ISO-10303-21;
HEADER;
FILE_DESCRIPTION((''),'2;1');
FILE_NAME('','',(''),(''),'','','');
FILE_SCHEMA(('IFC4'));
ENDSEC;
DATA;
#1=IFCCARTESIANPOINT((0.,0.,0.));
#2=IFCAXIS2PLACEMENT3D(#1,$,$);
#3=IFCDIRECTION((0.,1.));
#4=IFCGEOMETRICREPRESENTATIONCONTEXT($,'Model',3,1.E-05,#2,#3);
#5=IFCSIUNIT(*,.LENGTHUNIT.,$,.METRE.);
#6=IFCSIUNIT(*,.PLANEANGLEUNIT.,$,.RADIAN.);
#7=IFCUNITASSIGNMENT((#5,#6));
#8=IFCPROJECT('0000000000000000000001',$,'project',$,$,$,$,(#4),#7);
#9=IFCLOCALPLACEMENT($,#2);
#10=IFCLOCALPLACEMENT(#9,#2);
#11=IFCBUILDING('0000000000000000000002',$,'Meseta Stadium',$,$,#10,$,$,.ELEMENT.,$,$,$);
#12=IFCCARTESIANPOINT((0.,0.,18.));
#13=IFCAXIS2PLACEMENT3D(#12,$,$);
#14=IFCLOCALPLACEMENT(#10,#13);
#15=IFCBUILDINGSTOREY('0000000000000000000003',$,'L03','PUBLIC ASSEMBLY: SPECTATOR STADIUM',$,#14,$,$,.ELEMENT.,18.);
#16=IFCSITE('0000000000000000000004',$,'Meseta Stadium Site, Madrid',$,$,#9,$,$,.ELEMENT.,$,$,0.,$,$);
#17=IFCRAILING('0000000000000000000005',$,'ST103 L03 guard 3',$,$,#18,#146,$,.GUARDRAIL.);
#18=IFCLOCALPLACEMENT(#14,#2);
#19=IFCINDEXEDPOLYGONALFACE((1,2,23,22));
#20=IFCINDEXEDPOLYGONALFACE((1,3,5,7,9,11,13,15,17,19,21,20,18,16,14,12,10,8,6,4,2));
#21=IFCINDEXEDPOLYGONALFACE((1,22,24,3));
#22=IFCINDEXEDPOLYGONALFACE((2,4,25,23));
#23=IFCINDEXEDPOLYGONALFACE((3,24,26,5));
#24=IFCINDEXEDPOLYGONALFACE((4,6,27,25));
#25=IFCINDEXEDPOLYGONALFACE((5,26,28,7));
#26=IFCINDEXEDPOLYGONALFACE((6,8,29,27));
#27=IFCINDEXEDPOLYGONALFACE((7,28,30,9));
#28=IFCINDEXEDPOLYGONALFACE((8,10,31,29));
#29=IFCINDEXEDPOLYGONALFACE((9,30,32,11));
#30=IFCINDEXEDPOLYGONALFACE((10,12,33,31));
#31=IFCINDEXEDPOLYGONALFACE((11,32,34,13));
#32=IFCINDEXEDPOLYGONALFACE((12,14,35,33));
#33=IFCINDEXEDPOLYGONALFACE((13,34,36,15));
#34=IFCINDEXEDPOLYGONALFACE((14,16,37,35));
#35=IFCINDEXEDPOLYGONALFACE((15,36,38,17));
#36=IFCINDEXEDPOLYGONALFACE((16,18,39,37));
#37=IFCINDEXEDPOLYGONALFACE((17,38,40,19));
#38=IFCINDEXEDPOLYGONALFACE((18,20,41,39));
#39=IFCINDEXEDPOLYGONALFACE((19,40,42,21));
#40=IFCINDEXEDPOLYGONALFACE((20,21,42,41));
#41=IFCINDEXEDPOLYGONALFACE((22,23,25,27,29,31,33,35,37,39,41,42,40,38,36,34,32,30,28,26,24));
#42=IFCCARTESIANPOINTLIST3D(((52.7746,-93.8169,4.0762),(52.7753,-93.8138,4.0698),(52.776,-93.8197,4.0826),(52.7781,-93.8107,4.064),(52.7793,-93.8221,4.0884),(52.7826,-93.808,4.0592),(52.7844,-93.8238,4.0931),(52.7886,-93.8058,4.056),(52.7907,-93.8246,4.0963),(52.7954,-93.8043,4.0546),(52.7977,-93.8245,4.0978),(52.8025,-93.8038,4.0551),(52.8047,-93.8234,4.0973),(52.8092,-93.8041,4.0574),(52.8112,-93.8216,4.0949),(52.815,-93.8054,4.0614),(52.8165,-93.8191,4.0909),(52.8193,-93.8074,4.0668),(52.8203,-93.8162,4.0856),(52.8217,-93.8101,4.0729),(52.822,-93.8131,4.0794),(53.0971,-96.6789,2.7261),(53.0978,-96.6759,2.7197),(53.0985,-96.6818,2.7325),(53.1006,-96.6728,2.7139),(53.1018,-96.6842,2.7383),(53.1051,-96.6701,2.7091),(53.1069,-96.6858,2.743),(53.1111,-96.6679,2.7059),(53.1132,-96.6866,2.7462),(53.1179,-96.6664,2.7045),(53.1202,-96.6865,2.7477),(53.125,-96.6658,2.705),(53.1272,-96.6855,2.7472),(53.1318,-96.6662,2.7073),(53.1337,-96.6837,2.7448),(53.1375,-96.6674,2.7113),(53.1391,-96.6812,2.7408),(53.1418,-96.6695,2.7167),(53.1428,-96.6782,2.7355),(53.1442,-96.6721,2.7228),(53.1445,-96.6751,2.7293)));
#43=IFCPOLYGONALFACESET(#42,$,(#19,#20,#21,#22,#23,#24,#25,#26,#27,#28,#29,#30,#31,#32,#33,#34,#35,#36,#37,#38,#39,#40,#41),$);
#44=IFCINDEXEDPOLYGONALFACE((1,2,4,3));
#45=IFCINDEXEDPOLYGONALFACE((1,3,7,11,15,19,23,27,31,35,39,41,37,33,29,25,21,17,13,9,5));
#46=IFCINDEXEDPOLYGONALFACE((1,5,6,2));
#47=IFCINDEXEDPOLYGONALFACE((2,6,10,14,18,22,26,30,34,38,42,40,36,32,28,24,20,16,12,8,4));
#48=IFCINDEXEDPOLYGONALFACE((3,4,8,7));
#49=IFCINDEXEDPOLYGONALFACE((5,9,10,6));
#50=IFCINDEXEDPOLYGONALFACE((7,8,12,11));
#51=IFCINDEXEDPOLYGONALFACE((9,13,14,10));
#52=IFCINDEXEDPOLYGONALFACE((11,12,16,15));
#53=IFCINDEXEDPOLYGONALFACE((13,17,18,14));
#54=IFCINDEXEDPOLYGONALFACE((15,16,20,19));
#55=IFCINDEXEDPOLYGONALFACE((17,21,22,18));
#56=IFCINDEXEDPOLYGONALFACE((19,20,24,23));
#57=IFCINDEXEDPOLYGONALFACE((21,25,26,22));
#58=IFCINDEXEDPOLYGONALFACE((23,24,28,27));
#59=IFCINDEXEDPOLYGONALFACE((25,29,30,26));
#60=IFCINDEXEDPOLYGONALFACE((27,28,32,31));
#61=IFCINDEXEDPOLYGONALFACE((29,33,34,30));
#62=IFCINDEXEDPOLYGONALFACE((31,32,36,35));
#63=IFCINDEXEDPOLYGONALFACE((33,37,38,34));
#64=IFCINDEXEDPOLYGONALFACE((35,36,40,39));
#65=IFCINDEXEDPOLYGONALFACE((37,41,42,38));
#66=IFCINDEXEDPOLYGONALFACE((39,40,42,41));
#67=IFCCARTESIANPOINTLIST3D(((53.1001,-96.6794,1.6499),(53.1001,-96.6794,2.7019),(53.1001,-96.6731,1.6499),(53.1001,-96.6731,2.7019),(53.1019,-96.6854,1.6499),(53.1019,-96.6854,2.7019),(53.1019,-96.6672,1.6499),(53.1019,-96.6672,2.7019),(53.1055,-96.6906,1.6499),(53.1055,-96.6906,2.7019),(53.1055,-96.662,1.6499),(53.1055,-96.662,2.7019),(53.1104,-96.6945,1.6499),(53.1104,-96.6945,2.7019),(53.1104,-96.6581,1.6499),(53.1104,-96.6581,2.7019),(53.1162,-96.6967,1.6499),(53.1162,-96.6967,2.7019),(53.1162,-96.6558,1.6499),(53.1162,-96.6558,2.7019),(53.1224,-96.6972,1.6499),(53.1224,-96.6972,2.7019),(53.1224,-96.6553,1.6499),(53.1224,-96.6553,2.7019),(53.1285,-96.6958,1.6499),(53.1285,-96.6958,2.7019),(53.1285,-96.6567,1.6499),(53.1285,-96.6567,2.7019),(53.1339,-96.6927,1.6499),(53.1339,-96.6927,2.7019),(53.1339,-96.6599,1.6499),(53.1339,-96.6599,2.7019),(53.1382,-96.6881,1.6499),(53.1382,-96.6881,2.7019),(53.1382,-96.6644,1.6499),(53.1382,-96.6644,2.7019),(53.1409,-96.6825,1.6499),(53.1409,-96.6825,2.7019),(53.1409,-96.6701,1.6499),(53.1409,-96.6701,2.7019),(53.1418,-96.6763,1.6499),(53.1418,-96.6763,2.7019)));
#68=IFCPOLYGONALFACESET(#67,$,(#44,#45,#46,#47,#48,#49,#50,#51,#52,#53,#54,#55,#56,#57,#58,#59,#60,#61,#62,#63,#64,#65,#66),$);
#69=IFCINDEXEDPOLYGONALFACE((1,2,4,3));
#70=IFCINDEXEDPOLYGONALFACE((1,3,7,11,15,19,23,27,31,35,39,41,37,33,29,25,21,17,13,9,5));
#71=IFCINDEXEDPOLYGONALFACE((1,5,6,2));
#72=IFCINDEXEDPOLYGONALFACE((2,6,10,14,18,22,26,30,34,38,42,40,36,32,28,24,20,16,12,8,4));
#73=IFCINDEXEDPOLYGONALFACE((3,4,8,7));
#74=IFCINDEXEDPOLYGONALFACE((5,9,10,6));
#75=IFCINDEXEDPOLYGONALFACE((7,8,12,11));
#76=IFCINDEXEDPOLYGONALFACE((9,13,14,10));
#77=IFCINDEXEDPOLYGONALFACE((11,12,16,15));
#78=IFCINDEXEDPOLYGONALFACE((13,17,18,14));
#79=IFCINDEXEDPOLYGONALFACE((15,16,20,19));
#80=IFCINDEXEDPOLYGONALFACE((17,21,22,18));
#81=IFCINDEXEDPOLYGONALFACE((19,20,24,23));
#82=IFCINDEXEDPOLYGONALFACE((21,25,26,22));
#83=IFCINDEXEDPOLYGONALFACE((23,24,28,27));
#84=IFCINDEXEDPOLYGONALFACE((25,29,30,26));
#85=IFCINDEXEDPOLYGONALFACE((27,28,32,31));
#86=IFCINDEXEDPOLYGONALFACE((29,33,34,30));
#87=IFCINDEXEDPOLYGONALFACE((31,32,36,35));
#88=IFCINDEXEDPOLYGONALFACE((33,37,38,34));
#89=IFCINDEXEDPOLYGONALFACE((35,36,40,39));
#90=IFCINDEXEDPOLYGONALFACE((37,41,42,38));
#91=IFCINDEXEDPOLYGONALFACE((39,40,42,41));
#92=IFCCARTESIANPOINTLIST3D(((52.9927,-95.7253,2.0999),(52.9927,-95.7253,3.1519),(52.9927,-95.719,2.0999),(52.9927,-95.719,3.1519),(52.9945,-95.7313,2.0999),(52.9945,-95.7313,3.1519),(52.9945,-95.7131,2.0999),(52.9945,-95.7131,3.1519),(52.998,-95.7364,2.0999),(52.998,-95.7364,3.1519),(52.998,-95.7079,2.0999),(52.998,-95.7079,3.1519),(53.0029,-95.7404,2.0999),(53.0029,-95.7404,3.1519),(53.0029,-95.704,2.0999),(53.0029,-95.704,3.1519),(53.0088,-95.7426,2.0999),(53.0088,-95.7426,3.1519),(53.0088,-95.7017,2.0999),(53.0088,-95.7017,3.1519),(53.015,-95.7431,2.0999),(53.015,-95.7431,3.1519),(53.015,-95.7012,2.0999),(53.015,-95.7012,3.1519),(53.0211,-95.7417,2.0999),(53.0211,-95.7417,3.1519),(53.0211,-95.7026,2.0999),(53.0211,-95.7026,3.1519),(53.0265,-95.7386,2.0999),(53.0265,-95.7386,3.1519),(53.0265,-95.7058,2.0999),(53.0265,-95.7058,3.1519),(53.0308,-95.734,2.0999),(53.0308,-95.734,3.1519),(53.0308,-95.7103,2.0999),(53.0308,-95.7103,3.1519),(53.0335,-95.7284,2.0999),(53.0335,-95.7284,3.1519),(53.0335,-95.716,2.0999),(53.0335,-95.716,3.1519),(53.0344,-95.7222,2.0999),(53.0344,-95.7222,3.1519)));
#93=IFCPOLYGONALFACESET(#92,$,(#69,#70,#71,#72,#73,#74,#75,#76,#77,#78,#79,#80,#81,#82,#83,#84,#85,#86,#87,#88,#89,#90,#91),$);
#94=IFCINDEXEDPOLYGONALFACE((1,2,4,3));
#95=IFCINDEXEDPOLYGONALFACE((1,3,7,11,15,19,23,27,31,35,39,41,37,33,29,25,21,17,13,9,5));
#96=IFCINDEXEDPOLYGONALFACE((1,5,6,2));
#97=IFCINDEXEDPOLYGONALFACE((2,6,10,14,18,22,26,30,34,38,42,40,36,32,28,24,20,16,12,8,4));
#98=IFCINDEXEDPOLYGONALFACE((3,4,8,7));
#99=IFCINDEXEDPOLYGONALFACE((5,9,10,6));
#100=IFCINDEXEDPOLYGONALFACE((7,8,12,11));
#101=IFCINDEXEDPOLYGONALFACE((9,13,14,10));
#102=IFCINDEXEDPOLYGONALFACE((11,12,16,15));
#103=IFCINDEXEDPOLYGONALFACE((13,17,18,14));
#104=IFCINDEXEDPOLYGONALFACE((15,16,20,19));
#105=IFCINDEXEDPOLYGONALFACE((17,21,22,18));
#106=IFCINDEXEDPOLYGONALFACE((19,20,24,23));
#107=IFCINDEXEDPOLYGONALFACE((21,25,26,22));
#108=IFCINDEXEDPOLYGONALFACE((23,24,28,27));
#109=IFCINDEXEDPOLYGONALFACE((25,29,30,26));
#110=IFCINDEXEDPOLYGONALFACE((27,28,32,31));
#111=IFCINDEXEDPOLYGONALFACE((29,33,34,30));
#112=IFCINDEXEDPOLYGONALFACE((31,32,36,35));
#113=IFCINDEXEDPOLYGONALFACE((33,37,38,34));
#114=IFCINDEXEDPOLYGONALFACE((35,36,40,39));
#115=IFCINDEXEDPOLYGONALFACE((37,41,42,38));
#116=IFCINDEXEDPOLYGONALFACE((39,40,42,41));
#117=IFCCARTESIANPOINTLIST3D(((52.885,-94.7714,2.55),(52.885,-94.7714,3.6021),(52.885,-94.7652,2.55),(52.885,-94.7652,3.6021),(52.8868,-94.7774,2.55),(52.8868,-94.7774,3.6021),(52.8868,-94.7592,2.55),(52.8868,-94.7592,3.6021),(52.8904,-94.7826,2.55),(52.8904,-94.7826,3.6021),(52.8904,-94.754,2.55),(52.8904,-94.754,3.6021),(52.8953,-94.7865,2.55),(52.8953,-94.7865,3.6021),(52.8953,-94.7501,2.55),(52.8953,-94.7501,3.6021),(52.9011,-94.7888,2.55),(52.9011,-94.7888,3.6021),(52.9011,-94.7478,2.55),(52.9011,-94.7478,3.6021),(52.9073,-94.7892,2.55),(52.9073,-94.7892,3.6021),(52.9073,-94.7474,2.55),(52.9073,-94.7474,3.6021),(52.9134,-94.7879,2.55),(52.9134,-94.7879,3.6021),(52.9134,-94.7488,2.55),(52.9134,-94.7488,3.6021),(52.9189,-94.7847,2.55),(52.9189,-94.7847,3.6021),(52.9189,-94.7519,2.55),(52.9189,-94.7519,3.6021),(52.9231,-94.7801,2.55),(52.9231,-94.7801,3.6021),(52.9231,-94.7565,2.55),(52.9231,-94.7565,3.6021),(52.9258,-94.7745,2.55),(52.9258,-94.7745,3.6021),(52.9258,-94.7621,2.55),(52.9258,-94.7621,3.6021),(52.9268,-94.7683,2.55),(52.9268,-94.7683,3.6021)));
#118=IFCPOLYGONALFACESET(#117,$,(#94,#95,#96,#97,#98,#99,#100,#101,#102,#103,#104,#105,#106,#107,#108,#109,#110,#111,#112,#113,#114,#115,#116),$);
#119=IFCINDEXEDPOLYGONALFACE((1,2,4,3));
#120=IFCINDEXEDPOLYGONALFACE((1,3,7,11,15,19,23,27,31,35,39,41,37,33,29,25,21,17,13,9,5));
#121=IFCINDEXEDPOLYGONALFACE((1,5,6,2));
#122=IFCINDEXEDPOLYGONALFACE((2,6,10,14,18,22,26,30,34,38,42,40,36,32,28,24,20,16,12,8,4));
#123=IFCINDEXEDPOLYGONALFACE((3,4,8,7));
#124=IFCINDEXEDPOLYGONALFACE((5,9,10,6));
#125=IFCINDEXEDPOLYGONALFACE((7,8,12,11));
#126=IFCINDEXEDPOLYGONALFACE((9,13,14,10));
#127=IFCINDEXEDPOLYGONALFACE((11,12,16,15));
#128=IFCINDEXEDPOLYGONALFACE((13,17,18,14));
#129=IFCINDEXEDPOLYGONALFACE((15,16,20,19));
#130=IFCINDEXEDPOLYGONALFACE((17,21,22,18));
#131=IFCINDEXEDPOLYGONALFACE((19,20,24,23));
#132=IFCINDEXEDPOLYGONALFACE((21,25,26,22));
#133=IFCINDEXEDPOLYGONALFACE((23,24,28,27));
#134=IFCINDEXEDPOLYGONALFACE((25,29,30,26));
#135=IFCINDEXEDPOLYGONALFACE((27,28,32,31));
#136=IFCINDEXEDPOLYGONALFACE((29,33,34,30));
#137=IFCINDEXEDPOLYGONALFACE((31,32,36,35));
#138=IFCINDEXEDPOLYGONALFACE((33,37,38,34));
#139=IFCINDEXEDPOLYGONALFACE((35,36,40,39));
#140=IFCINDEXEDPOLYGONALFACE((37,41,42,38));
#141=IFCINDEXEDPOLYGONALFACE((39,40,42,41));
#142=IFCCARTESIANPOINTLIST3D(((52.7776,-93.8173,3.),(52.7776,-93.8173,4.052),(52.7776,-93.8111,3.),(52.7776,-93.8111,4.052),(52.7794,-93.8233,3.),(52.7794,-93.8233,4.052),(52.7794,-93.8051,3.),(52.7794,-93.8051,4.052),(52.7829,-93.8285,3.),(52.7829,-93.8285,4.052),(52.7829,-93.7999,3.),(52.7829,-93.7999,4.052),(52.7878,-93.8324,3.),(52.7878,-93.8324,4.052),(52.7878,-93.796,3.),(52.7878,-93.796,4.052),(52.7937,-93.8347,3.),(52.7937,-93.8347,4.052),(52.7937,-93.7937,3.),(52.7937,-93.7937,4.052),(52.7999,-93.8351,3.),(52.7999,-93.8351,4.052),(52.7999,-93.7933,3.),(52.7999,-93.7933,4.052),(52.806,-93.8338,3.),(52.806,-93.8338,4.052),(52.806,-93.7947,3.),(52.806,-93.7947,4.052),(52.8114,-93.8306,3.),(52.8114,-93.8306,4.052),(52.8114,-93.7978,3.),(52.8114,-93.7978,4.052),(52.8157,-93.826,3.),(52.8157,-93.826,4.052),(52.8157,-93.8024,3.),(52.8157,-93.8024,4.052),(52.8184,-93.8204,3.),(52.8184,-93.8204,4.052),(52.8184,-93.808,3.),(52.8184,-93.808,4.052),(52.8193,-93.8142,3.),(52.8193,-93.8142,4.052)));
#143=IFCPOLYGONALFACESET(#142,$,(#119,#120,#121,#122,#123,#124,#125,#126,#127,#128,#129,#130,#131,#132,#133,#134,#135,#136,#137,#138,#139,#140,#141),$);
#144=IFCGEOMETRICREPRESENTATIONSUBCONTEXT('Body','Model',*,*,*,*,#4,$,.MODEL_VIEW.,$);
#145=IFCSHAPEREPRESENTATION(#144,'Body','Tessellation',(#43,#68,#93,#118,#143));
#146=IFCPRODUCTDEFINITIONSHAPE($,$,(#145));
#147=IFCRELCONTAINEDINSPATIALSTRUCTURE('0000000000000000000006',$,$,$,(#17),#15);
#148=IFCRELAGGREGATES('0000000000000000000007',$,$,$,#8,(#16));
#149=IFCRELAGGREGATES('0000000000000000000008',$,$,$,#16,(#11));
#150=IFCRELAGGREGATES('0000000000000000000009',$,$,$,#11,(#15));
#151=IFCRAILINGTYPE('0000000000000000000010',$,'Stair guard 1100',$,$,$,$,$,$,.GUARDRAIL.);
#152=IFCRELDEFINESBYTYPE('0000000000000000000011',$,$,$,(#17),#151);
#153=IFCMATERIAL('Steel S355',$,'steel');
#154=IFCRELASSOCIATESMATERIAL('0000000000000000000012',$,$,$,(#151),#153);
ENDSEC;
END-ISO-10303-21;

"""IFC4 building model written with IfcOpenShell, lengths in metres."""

from ifc_helpers import new_model, si_unit, direction, frame, origin, origin_2d, place, context, subcontext, project, spatial, circle, extrude, material, type_object, element, save


model = new_model("IFC4")

# Units and contexts
model_context = context("Model", 3, precision=1e-05, world=origin(), true_north=direction((0.0, 1.0)))
body_context = subcontext(model_context, "Body", "Model", "MODEL_VIEW")
ifc_project = project(units=[si_unit("LENGTHUNIT", "METRE"), si_unit("PLANEANGLEUNIT", "RADIAN")], contexts=[model_context])

# Site, building, storey
site_placement = place(None, origin())
site = spatial("IfcSite", under=ifc_project, at=site_placement, Name="Meseta Stadium Site, Madrid", CompositionType="ELEMENT", RefElevation=0.0)
building_placement = place(site_placement, origin())
building = spatial("IfcBuilding", under=site, at=building_placement, Name="Meseta Stadium", CompositionType="ELEMENT")
storey_placement = place(building_placement, frame((0.0, 0.0, 18.0)))
storey = spatial("IfcBuildingStorey", under=building, at=storey_placement, Name="L03", Description="PUBLIC ASSEMBLY: SPECTATOR STADIUM", CompositionType="ELEMENT", Elevation=18.0)

# Railing
ifc_material_1 = material(Name="Steel S355", Category="steel")
railing_type_1 = type_object("IfcRailingType", Name="Stair guard 1100", PredefinedType="GUARDRAIL", material=ifc_material_1)
railing_1_placement = place(storey_placement, frame((53.1208, -96.6763, 1.6499)))
element("IfcRailing", 1, at=railing_1_placement, inside=storey, type_object=railing_type_1, Name="ST103 L03 guard 3", PredefinedType="GUARDRAIL", context=body_context, shape_type="SweptSolid", body=[
    extrude(circle(Radius=0.0239, at=origin_2d()), frame((0.0, 0.0, 1.0762), z_axis=(-0.101389, 0.899763, 0.424438), x_axis=(-0.993711, -0.111976, 0.0)), (0.0, 0.0, 1.0), 3.1809),
    extrude(circle(Radius=0.021, at=origin_2d()), origin(), (0.0, 0.0, 1.0), 1.052),
    extrude(circle(Radius=0.021, at=origin_2d()), frame((-0.1074, 0.9541, 0.45)), (0.0, 0.0, 1.0), 1.052),
    extrude(circle(Radius=0.021, at=origin_2d()), frame((-0.2151, 1.908, 0.9001)), (0.0, 0.0, 1.0), 1.052),
    extrude(circle(Radius=0.021, at=origin_2d()), frame((-0.3225, 2.8621, 1.3501)), (0.0, 0.0, 1.0), 1.052),
])

save(model, "model.ifc")
